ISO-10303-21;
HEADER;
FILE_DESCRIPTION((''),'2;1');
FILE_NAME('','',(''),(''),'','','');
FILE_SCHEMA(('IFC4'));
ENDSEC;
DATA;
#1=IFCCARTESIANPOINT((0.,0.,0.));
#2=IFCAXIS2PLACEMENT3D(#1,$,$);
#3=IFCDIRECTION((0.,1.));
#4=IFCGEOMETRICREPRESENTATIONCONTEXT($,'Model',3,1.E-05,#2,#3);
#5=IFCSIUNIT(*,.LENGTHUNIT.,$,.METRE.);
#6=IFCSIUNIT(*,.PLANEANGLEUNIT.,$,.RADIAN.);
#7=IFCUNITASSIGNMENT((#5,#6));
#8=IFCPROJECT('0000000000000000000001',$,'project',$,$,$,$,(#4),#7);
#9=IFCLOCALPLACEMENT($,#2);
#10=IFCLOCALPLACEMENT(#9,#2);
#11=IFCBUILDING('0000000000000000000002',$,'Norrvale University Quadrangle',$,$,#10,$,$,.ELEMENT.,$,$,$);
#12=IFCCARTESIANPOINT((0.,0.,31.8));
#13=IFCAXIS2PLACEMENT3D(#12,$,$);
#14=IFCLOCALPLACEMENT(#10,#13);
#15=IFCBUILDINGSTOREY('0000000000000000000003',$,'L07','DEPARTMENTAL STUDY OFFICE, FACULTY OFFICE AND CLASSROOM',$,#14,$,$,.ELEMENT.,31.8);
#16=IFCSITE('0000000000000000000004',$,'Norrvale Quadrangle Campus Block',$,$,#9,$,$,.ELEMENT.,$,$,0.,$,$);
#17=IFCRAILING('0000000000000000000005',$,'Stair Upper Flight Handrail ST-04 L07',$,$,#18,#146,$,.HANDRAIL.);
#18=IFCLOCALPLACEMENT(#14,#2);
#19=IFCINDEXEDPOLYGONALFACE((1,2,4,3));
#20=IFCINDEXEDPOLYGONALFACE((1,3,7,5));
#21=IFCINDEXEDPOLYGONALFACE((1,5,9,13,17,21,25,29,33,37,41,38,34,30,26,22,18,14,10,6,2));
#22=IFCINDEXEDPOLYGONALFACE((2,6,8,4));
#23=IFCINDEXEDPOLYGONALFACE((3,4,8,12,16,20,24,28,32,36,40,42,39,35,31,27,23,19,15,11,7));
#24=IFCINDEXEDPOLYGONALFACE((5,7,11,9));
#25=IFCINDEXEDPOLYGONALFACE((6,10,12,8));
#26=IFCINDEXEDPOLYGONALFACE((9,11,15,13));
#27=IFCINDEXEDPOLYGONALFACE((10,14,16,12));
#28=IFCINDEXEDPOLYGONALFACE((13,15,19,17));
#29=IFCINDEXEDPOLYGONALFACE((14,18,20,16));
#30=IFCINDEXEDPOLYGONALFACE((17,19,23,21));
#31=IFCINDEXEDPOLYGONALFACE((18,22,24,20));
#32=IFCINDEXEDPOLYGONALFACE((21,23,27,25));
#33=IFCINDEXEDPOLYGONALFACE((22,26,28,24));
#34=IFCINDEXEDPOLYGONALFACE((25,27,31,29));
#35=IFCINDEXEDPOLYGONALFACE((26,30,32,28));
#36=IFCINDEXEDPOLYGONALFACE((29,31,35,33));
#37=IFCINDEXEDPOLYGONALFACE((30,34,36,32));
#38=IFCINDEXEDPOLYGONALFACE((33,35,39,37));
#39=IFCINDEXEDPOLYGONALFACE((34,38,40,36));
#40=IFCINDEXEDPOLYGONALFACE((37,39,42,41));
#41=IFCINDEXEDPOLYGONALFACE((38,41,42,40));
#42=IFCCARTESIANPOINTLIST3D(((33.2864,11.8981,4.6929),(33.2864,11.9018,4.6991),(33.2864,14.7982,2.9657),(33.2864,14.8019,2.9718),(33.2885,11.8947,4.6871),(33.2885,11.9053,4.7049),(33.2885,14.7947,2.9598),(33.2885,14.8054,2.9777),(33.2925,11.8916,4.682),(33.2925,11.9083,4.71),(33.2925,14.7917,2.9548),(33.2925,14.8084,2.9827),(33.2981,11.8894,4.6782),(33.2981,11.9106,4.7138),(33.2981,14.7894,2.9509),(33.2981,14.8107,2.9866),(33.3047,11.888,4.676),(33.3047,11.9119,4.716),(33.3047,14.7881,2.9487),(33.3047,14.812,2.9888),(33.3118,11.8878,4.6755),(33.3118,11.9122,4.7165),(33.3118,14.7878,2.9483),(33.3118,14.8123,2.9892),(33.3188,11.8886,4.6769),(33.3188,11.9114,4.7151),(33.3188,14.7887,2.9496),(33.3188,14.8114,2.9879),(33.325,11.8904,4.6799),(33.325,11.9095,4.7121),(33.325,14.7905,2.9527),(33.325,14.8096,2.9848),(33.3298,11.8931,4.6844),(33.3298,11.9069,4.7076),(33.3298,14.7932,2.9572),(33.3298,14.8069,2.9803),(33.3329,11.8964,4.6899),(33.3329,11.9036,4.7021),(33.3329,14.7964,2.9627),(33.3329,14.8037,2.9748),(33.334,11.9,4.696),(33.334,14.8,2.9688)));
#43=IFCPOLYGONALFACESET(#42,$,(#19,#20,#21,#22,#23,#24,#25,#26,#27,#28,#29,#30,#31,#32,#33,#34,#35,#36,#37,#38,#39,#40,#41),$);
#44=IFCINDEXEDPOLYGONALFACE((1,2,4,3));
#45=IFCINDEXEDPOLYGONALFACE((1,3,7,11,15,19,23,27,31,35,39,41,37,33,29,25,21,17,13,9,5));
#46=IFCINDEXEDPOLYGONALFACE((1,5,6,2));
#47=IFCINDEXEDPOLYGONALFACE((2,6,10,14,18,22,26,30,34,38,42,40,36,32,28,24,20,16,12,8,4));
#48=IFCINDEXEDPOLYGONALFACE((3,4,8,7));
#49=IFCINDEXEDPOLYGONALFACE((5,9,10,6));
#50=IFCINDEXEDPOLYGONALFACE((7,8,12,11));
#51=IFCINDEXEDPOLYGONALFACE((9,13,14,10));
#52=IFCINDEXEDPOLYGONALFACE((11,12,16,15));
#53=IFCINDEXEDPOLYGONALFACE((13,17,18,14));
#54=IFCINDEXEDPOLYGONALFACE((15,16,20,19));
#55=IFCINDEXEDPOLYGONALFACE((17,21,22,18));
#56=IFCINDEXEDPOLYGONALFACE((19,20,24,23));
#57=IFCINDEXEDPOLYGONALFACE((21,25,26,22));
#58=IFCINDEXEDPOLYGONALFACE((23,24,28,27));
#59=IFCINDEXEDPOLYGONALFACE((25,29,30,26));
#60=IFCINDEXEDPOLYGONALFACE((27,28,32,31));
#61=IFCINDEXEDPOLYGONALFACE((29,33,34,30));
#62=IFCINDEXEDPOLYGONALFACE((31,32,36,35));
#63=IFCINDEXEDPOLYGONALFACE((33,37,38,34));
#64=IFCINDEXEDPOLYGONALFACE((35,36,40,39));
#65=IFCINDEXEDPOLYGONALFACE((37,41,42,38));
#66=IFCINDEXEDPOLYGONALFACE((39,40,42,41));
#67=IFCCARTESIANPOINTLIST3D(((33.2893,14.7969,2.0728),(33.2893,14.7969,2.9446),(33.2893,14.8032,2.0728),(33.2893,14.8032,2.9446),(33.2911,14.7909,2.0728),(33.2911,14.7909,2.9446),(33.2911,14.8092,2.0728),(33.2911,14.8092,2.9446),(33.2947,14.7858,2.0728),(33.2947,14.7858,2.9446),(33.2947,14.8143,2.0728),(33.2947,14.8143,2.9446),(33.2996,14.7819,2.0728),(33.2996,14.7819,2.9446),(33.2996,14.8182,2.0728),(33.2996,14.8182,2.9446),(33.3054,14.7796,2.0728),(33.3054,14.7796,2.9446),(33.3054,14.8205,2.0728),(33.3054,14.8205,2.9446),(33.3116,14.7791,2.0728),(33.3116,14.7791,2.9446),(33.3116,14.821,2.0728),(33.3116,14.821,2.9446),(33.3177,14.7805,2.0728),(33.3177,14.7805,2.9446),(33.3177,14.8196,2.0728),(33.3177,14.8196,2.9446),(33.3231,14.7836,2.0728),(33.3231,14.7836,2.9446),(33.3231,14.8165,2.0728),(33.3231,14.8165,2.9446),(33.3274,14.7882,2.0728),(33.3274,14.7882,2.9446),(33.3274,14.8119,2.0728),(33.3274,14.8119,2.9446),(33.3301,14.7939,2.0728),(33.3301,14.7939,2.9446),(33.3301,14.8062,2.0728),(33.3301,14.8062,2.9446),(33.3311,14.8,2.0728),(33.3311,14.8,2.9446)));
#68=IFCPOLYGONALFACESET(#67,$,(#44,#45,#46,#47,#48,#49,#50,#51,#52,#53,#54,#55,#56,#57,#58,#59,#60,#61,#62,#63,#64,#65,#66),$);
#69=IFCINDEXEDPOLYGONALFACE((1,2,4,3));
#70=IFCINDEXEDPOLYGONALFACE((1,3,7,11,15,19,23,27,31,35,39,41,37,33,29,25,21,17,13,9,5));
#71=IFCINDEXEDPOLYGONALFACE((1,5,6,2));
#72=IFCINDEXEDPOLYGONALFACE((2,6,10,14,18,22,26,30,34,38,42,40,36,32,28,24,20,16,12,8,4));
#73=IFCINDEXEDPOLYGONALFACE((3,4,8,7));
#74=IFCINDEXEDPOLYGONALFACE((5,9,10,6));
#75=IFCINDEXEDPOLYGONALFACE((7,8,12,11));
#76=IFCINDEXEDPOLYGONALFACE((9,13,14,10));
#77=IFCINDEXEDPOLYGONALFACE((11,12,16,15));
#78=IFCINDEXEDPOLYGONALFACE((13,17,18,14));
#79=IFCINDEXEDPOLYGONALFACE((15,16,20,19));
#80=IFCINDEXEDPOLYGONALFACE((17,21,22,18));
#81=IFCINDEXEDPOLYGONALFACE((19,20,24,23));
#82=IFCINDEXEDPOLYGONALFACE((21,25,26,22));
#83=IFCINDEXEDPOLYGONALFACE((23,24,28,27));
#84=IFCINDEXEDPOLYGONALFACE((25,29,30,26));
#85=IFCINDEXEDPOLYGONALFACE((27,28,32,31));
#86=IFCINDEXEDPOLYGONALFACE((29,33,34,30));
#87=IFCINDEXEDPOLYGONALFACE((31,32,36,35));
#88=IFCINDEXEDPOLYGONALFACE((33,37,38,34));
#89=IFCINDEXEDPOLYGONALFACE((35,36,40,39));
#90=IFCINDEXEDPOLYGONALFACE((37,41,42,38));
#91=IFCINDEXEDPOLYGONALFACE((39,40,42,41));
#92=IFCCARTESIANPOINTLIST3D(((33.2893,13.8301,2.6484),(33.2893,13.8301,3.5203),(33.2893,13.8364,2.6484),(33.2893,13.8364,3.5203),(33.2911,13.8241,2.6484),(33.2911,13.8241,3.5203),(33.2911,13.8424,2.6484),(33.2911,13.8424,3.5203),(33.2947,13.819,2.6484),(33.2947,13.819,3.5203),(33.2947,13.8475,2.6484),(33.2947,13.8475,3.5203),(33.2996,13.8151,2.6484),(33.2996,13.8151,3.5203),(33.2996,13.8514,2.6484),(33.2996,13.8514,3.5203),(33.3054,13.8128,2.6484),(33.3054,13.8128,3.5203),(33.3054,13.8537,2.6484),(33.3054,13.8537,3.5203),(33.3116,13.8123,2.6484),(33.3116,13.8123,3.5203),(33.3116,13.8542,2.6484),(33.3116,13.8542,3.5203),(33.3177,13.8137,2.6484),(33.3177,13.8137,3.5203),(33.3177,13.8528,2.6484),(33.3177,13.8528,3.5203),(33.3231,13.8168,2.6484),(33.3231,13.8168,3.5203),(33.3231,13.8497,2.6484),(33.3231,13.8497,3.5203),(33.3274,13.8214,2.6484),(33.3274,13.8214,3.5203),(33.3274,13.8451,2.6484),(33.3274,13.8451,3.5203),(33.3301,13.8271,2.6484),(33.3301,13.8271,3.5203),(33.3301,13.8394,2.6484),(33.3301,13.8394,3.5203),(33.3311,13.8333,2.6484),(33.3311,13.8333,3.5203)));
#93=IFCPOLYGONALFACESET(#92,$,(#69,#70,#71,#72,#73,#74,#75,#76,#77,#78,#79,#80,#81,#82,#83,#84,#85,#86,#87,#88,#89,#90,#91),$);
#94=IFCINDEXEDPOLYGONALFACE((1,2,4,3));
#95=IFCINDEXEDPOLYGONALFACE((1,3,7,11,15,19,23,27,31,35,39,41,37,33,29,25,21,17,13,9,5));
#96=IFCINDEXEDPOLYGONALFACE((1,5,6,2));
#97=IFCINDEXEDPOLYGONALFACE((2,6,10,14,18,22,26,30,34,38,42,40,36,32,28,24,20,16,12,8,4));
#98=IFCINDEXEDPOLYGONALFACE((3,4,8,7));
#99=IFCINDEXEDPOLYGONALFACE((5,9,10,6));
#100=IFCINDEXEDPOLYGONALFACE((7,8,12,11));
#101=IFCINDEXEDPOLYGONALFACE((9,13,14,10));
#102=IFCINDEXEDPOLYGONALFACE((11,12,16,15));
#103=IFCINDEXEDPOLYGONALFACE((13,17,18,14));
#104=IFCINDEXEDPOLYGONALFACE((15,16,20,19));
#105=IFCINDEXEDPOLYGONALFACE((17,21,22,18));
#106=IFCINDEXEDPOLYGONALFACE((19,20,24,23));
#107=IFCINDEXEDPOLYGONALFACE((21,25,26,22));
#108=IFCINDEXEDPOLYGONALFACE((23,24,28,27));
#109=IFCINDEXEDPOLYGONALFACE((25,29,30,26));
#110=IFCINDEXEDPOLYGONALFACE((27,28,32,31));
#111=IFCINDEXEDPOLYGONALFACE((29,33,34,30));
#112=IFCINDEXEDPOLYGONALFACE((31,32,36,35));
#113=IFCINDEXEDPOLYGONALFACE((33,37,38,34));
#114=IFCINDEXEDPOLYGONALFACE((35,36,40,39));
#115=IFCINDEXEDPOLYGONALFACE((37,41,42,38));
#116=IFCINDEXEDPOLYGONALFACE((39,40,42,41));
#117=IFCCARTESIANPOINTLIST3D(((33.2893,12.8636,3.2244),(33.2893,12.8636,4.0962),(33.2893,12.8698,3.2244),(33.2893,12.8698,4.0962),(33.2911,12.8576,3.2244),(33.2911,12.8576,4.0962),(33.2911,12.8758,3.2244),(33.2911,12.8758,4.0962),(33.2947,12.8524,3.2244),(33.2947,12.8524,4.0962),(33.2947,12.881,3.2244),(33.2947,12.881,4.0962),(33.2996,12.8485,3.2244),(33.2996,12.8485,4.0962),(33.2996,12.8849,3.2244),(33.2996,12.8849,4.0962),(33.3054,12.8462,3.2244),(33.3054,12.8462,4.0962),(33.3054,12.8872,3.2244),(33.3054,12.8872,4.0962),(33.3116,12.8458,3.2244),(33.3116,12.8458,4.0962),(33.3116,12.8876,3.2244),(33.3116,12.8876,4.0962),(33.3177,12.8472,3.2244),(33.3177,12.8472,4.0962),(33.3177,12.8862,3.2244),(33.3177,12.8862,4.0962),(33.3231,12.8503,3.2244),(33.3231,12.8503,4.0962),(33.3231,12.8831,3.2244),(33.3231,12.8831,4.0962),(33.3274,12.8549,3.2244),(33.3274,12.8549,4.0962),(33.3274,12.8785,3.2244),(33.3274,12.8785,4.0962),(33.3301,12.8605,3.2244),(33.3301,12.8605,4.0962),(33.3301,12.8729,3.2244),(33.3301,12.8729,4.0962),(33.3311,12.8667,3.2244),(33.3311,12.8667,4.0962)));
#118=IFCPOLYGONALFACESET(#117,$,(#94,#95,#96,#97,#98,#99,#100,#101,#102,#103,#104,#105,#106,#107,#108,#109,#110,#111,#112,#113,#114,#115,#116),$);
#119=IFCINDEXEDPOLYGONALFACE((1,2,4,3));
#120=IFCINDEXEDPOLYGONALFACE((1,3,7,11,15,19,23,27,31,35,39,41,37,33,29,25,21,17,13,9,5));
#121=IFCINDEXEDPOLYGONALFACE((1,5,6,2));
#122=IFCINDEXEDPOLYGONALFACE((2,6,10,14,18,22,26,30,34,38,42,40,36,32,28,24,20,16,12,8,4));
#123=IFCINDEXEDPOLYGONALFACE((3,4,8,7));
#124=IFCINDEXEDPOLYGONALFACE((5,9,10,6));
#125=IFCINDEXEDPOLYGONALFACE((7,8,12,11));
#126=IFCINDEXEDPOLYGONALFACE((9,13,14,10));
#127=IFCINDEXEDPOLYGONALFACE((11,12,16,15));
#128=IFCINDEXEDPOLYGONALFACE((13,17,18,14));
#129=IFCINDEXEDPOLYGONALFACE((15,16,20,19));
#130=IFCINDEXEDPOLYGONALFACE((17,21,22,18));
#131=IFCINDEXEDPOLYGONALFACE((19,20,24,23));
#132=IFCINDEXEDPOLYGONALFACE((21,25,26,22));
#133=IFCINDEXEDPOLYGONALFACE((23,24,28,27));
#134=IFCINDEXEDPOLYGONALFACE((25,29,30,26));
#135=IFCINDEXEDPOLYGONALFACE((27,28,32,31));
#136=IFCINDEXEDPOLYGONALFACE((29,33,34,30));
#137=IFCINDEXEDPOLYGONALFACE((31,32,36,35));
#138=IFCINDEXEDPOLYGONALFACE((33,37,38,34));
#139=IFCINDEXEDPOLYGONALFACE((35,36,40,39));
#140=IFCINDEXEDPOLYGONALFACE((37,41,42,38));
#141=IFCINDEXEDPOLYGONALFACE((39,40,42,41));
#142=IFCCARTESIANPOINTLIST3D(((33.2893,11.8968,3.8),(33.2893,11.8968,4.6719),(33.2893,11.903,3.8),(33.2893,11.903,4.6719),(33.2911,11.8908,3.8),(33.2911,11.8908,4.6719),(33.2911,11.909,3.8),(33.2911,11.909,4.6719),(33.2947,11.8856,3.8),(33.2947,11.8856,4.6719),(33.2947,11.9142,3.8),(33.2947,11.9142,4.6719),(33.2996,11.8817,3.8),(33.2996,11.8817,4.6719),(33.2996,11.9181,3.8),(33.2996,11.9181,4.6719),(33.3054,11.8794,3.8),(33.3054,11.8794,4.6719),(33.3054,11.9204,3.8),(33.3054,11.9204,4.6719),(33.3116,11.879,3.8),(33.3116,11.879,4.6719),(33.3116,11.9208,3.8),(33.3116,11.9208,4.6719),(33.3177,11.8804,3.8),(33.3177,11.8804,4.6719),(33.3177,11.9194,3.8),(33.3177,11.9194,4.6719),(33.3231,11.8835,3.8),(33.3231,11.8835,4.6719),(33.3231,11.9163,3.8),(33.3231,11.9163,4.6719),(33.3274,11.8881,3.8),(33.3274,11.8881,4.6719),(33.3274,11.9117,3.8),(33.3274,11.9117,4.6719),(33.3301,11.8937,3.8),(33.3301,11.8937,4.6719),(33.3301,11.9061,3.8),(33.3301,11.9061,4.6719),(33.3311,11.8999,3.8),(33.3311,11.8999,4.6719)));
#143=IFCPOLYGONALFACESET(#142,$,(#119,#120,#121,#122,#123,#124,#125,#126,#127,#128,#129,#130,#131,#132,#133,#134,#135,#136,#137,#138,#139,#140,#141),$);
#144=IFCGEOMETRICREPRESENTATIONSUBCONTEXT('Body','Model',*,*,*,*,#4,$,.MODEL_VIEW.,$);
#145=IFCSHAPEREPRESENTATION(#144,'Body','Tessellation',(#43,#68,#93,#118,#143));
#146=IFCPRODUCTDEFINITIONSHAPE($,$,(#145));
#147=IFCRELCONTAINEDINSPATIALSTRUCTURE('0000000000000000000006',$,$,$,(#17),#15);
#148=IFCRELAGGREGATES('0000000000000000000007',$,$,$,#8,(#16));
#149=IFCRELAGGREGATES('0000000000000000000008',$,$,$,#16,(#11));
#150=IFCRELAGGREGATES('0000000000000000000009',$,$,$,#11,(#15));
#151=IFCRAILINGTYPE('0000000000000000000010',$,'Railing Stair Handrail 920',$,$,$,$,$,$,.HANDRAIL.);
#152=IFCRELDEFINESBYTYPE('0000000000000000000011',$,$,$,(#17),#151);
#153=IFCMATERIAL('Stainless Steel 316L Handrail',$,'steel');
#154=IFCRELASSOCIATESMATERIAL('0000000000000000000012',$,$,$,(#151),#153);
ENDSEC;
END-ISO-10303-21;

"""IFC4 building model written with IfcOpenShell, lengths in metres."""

from ifc_helpers import new_model, si_unit, direction, frame, origin, origin_2d, place, context, subcontext, project, spatial, circle, extrude, material, type_object, element, save


model = new_model("IFC4")

# Units and contexts
model_context = context("Model", 3, precision=1e-05, world=origin(), true_north=direction((0.0, 1.0)))
body_context = subcontext(model_context, "Body", "Model", "MODEL_VIEW")
ifc_project = project(units=[si_unit("LENGTHUNIT", "METRE"), si_unit("PLANEANGLEUNIT", "RADIAN")], contexts=[model_context])

# Site, building, storey
site_placement = place(None, origin())
site = spatial("IfcSite", under=ifc_project, at=site_placement, Name="Norrvale Quadrangle Campus Block", CompositionType="ELEMENT", RefElevation=0.0)
building_placement = place(site_placement, origin())
building = spatial("IfcBuilding", under=site, at=building_placement, Name="Norrvale University Quadrangle", CompositionType="ELEMENT")
storey_placement = place(building_placement, frame((0.0, 0.0, 31.8)))
storey = spatial("IfcBuildingStorey", under=building, at=storey_placement, Name="L07", Description="DEPARTMENTAL STUDY OFFICE, FACULTY OFFICE AND CLASSROOM", CompositionType="ELEMENT", Elevation=31.8)

# Railing
ifc_material_1 = material(Name="Stainless Steel 316L Handrail", Category="steel")
railing_type = type_object("IfcRailingType", Name="Railing Stair Handrail 920", PredefinedType="HANDRAIL", material=ifc_material_1)
railing_placement = place(storey_placement, frame((33.3101, 14.8, 2.0728)))
element("IfcRailing", 1, at=railing_placement, inside=storey, type_object=railing_type, Name="Stair Upper Flight Handrail ST-04 L07", PredefinedType="HANDRAIL", context=body_context, shape_type="SweptSolid", body=[
    extrude(circle(Radius=0.0239, at=origin_2d()), frame((0.0, 0.0, 0.896), z_axis=(0.0, -0.85916, 0.511706), x_axis=(1.0, 0.0, 0.0)), (0.0, 0.0, 1.0), 3.3755),
    extrude(circle(Radius=0.021, at=origin_2d()), origin(), (0.0, 0.0, 1.0), 0.8718),
    extrude(circle(Radius=0.021, at=origin_2d()), frame((0.0, -0.9668, 0.5757)), (0.0, 0.0, 1.0), 0.8718),
    extrude(circle(Radius=0.021, at=origin_2d()), frame((0.0, -1.9333, 1.1516)), (0.0, 0.0, 1.0), 0.8718),
    extrude(circle(Radius=0.021, at=origin_2d()), frame((0.0, -2.9001, 1.7273)), (0.0, 0.0, 1.0), 0.8718),
])

save(model, "model.ifc")
